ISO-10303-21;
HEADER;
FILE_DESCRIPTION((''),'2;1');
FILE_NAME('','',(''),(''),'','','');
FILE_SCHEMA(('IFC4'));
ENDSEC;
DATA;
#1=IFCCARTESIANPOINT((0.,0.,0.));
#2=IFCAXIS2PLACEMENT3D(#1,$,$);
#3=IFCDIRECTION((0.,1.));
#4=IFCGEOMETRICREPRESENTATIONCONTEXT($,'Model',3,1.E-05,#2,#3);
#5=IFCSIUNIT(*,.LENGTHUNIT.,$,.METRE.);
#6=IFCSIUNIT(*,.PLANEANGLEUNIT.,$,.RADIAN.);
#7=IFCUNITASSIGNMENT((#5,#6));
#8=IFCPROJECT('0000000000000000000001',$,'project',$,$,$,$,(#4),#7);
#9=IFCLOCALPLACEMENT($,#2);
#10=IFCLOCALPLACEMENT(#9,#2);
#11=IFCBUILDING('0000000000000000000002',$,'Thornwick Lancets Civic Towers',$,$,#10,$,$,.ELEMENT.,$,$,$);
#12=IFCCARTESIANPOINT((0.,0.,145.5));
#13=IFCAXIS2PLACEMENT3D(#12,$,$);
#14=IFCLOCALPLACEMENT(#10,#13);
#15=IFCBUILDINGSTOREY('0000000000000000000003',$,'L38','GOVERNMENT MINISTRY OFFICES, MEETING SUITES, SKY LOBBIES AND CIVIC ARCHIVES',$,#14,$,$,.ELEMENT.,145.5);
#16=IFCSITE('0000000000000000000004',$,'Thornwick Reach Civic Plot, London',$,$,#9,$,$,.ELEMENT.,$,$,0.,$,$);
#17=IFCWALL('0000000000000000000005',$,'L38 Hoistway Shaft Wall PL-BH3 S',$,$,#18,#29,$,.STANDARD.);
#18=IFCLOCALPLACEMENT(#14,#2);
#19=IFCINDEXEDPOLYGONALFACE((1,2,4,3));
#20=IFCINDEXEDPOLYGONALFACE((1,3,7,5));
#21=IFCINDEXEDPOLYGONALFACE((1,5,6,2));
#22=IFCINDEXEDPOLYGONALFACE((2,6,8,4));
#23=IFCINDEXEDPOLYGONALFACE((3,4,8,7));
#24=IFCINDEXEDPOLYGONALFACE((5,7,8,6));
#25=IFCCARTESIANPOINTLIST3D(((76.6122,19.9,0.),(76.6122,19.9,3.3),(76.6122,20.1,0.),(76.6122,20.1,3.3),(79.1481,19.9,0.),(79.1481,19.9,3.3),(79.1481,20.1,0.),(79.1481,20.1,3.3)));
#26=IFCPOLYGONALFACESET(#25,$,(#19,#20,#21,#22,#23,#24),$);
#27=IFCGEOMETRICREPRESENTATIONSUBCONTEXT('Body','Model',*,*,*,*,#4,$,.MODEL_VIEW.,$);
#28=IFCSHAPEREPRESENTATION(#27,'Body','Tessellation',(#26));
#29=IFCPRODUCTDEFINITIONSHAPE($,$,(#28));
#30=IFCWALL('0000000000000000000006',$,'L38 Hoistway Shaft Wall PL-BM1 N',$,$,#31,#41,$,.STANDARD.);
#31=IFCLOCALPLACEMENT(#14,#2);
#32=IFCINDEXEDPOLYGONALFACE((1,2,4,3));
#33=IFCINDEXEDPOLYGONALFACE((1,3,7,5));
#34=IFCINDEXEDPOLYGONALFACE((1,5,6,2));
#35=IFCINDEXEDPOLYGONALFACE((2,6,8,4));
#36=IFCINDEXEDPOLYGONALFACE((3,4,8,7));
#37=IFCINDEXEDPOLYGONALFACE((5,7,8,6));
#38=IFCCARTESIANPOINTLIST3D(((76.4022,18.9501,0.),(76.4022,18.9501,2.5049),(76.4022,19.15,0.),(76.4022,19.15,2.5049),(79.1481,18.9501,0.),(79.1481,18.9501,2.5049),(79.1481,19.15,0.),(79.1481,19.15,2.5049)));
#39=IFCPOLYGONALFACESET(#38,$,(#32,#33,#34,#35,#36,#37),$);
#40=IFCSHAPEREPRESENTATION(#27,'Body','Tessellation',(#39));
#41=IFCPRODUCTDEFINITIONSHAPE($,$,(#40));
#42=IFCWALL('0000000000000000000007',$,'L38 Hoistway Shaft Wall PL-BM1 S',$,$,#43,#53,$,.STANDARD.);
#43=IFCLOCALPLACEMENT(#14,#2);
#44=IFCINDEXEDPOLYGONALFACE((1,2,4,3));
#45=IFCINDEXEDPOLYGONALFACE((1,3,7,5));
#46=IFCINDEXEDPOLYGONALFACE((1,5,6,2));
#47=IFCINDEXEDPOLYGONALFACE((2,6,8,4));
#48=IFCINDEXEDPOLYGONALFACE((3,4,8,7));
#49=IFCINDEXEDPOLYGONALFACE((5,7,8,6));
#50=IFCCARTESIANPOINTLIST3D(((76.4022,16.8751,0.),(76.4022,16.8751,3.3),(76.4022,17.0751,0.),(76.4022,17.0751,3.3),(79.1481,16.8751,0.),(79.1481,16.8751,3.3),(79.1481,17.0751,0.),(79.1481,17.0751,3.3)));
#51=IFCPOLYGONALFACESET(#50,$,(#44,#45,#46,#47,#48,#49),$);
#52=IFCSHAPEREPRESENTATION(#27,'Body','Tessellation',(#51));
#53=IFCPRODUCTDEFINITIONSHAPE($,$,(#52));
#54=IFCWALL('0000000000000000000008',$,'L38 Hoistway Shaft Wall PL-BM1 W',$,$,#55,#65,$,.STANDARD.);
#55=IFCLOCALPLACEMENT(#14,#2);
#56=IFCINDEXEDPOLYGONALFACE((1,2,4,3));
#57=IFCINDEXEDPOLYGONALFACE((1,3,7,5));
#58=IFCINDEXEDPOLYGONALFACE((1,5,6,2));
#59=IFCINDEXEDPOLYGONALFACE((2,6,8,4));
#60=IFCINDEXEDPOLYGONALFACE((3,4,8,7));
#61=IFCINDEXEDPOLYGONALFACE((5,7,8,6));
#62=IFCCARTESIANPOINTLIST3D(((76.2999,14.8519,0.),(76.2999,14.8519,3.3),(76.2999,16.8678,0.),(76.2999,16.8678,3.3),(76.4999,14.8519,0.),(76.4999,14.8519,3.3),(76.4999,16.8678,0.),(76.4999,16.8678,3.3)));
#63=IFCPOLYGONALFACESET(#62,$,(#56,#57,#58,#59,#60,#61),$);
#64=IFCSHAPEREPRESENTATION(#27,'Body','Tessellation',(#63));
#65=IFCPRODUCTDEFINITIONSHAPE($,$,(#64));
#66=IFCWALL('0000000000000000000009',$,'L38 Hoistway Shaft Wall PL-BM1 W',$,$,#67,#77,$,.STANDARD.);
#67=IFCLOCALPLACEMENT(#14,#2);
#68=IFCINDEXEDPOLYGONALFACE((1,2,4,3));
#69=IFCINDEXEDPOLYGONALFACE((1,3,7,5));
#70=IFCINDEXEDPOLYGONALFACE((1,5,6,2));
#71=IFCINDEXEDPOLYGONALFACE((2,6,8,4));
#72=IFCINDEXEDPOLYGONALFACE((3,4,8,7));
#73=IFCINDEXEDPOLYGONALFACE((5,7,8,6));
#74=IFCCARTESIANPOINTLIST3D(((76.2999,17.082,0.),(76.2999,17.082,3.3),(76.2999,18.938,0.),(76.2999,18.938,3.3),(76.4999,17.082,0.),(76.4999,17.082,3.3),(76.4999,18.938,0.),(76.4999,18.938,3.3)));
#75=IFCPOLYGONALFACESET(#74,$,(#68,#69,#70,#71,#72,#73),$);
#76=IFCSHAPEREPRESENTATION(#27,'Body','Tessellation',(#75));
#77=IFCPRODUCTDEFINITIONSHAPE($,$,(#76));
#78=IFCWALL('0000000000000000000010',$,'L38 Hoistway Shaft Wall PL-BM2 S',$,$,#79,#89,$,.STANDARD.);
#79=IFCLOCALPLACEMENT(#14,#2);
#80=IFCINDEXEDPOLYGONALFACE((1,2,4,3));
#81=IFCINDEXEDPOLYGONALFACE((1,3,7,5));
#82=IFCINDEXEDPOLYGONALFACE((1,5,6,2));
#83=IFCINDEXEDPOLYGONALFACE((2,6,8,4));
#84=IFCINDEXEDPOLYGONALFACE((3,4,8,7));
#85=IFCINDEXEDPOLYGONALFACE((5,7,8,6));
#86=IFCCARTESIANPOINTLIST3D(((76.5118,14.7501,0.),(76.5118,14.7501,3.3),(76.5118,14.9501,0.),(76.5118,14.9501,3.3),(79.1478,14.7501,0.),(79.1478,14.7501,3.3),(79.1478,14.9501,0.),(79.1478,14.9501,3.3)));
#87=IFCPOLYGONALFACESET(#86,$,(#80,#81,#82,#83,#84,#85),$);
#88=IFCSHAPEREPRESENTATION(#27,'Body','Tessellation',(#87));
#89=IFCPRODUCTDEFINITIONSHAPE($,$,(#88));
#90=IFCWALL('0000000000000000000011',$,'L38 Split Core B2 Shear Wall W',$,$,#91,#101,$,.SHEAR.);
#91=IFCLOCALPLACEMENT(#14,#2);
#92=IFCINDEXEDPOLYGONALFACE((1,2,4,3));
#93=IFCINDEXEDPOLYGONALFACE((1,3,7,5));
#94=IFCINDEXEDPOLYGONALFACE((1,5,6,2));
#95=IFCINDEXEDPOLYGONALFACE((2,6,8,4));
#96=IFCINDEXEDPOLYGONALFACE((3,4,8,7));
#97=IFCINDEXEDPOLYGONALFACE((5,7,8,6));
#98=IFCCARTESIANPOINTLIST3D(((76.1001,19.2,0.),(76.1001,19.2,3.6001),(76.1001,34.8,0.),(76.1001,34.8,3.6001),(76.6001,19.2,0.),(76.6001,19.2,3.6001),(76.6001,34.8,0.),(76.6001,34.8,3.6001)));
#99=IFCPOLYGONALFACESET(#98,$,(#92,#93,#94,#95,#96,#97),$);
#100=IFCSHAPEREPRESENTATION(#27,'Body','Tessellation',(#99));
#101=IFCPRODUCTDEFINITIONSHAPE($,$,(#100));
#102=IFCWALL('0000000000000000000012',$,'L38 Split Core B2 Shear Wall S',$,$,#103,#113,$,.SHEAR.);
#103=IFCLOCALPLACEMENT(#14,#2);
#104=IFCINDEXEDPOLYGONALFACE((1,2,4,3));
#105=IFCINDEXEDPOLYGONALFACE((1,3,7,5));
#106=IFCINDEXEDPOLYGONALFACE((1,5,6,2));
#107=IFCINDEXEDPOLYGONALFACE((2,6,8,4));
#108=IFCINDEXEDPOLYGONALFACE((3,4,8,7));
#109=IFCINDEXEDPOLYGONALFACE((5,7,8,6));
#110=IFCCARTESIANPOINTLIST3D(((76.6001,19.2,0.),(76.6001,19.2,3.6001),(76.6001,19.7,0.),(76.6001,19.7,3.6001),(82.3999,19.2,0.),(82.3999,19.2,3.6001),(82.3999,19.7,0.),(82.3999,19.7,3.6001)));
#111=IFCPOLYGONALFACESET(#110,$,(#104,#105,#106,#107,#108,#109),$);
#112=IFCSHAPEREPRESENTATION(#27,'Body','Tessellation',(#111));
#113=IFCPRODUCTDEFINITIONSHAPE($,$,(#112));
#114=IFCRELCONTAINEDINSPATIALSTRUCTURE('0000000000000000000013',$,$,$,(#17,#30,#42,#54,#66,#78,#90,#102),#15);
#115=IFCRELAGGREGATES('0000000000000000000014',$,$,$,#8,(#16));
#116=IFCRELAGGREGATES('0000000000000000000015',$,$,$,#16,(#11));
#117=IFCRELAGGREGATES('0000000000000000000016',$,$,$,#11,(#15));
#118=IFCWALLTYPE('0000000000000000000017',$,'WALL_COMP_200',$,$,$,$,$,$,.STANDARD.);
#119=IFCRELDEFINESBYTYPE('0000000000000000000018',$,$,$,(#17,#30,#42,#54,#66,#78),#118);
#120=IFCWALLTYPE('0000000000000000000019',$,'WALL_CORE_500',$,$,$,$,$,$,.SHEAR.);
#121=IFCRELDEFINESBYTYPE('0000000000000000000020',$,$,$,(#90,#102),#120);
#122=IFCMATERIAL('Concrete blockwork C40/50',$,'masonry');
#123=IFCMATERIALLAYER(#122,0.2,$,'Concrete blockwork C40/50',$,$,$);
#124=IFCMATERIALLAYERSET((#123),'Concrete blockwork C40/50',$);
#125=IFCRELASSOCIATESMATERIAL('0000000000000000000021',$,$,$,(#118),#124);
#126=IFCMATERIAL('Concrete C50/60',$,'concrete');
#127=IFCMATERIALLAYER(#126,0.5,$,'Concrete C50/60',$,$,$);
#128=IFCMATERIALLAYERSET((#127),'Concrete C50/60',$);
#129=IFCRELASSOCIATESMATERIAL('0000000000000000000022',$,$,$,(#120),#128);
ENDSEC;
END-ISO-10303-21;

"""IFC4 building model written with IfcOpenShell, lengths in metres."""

from ifc_helpers import new_model, si_unit, direction, frame, frame_2d, origin, place, context, subcontext, project, spatial, rectangle, extrude, material, layer, layer_set, type_object, element, save


model = new_model("IFC4")

# Units and contexts
model_context = context("Model", 3, precision=1e-05, world=origin(), true_north=direction((0.0, 1.0)))
body_context = subcontext(model_context, "Body", "Model", "MODEL_VIEW")
ifc_project = project(units=[si_unit("LENGTHUNIT", "METRE"), si_unit("PLANEANGLEUNIT", "RADIAN")], contexts=[model_context])

# Site, building, storey
site_placement = place(None, origin())
site = spatial("IfcSite", under=ifc_project, at=site_placement, Name="Thornwick Reach Civic Plot, London", CompositionType="ELEMENT", RefElevation=0.0)
building_placement = place(site_placement, origin())
building = spatial("IfcBuilding", under=site, at=building_placement, Name="Thornwick Lancets Civic Towers", CompositionType="ELEMENT")
storey_placement = place(building_placement, frame((0.0, 0.0, 145.5)))
storey = spatial("IfcBuildingStorey", under=building, at=storey_placement, Name="L38", Description="GOVERNMENT MINISTRY OFFICES, MEETING SUITES, SKY LOBBIES AND CIVIC ARCHIVES", CompositionType="ELEMENT", Elevation=145.5)

# Shared definitions
ifc_material_1 = material(Name="Concrete C50/60", Category="concrete")

# Shared definitions
ifc_material_2 = material(Name="Concrete blockwork C40/50", Category="masonry")
ifc_layer_1 = layer(ifc_material_2, 0.2, Name="Concrete blockwork C40/50")
ifc_layer_set_1 = layer_set([ifc_layer_1], Name="Concrete blockwork C40/50")
wall_type_1 = type_object("IfcWallType", Name="WALL_COMP_200", PredefinedType="STANDARD", material=ifc_layer_set_1)

# Walls
for number, where, z_axis, x_axis, name in (
    (1, (76.6121, 20.0, 0.0), (0.0, 0.0, 1.0), (1.0, 0.0, 0.0), "L38 Hoistway Shaft Wall PL-BH3 S"),
):
    element("IfcWall", number, at=place(storey_placement, frame(where, z_axis=z_axis, x_axis=x_axis)), inside=storey, type_object=wall_type_1, Name=name, PredefinedType="STANDARD", context=body_context, shape_type="SweptSolid", body=[
        extrude(rectangle(XDim=2.5359, YDim=0.2, at=frame_2d((1.2681, 0.0))), origin(), (0.0, 0.0, 1.0), 3.3),
    ])
wall_1_placement = place(storey_placement, frame((76.4021, 19.05, 0.0), z_axis=(0.0, 0.0, 1.0), x_axis=(1.0, 0.0, 0.0)))
element("IfcWall", 2, at=wall_1_placement, inside=storey, type_object=wall_type_1, Name="L38 Hoistway Shaft Wall PL-BM1 N", PredefinedType="STANDARD", context=body_context, shape_type="SweptSolid", body=[
    extrude(rectangle(XDim=2.7458, YDim=0.2, at=frame_2d((1.373, 0.0))), origin(), (0.0, 0.0, 1.0), 2.5049),
])
wall_2_placement = place(storey_placement, frame((76.4021, 16.9751, 0.0), z_axis=(0.0, 0.0, 1.0), x_axis=(1.0, 0.0, 0.0)))
element("IfcWall", 3, at=wall_2_placement, inside=storey, type_object=wall_type_1, Name="L38 Hoistway Shaft Wall PL-BM1 S", PredefinedType="STANDARD", context=body_context, shape_type="SweptSolid", body=[
    extrude(rectangle(XDim=2.7458, YDim=0.2, at=frame_2d((1.373, 0.0))), origin(), (0.0, 0.0, 1.0), 3.3),
])
wall_3_placement = place(storey_placement, frame((76.3999, 14.8521, 0.0), z_axis=(0.0, 0.0, 1.0), x_axis=(0.0, 1.0, 0.0)))
element("IfcWall", 4, at=wall_3_placement, inside=storey, type_object=wall_type_1, Name="L38 Hoistway Shaft Wall PL-BM1 W", PredefinedType="STANDARD", context=body_context, shape_type="SweptSolid", body=[
    extrude(rectangle(XDim=2.0159, YDim=0.2, at=frame_2d((1.0078, 0.0))), origin(), (0.0, 0.0, 1.0), 3.3),
])
wall_4_placement = place(storey_placement, frame((76.3999, 17.082, 0.0), z_axis=(0.0, 0.0, 1.0), x_axis=(0.0, 1.0, 0.0)))
element("IfcWall", 5, at=wall_4_placement, inside=storey, type_object=wall_type_1, Name="L38 Hoistway Shaft Wall PL-BM1 W", PredefinedType="STANDARD", context=body_context, shape_type="SweptSolid", body=[
    extrude(rectangle(XDim=1.856, YDim=0.2, at=frame_2d((0.928, 0.0))), origin(), (0.0, 0.0, 1.0), 3.3),
])
wall_5_placement = place(storey_placement, frame((76.512, 14.8501, 0.0), z_axis=(0.0, 0.0, 1.0), x_axis=(1.0, 0.0, 0.0)))
element("IfcWall", 6, at=wall_5_placement, inside=storey, type_object=wall_type_1, Name="L38 Hoistway Shaft Wall PL-BM2 S", PredefinedType="STANDARD", context=body_context, shape_type="SweptSolid", body=[
    extrude(rectangle(XDim=2.636, YDim=0.2, at=frame_2d((1.3179, 0.0))), origin(), (0.0, 0.0, 1.0), 3.3),
])
ifc_layer_2 = layer(ifc_material_1, 0.5, Name="Concrete C50/60")
ifc_layer_set_2 = layer_set([ifc_layer_2], Name="Concrete C50/60")
wall_type_2 = type_object("IfcWallType", Name="WALL_CORE_500", PredefinedType="SHEAR", material=ifc_layer_set_2)
wall_6_placement = place(storey_placement, frame((76.3501, 19.2, 0.0), z_axis=(0.0, 0.0, 1.0), x_axis=(0.0, 1.0, 0.0)))
element("IfcWall", 7, at=wall_6_placement, inside=storey, type_object=wall_type_2, Name="L38 Split Core B2 Shear Wall W", PredefinedType="SHEAR", context=body_context, shape_type="SweptSolid", body=[
    extrude(rectangle(XDim=15.6001, YDim=0.5, at=frame_2d((7.8, 0.0))), origin(), (0.0, 0.0, 1.0), 3.6001),
])
wall_7_placement = place(storey_placement, frame((76.6001, 19.45, 0.0), z_axis=(0.0, 0.0, 1.0), x_axis=(1.0, 0.0, 0.0)))
element("IfcWall", 8, at=wall_7_placement, inside=storey, type_object=wall_type_2, Name="L38 Split Core B2 Shear Wall S", PredefinedType="SHEAR", context=body_context, shape_type="SweptSolid", body=[
    extrude(rectangle(XDim=5.7998, YDim=0.5, at=frame_2d((2.8999, 0.0))), origin(), (0.0, 0.0, 1.0), 3.6001),
])

save(model, "model.ifc")
